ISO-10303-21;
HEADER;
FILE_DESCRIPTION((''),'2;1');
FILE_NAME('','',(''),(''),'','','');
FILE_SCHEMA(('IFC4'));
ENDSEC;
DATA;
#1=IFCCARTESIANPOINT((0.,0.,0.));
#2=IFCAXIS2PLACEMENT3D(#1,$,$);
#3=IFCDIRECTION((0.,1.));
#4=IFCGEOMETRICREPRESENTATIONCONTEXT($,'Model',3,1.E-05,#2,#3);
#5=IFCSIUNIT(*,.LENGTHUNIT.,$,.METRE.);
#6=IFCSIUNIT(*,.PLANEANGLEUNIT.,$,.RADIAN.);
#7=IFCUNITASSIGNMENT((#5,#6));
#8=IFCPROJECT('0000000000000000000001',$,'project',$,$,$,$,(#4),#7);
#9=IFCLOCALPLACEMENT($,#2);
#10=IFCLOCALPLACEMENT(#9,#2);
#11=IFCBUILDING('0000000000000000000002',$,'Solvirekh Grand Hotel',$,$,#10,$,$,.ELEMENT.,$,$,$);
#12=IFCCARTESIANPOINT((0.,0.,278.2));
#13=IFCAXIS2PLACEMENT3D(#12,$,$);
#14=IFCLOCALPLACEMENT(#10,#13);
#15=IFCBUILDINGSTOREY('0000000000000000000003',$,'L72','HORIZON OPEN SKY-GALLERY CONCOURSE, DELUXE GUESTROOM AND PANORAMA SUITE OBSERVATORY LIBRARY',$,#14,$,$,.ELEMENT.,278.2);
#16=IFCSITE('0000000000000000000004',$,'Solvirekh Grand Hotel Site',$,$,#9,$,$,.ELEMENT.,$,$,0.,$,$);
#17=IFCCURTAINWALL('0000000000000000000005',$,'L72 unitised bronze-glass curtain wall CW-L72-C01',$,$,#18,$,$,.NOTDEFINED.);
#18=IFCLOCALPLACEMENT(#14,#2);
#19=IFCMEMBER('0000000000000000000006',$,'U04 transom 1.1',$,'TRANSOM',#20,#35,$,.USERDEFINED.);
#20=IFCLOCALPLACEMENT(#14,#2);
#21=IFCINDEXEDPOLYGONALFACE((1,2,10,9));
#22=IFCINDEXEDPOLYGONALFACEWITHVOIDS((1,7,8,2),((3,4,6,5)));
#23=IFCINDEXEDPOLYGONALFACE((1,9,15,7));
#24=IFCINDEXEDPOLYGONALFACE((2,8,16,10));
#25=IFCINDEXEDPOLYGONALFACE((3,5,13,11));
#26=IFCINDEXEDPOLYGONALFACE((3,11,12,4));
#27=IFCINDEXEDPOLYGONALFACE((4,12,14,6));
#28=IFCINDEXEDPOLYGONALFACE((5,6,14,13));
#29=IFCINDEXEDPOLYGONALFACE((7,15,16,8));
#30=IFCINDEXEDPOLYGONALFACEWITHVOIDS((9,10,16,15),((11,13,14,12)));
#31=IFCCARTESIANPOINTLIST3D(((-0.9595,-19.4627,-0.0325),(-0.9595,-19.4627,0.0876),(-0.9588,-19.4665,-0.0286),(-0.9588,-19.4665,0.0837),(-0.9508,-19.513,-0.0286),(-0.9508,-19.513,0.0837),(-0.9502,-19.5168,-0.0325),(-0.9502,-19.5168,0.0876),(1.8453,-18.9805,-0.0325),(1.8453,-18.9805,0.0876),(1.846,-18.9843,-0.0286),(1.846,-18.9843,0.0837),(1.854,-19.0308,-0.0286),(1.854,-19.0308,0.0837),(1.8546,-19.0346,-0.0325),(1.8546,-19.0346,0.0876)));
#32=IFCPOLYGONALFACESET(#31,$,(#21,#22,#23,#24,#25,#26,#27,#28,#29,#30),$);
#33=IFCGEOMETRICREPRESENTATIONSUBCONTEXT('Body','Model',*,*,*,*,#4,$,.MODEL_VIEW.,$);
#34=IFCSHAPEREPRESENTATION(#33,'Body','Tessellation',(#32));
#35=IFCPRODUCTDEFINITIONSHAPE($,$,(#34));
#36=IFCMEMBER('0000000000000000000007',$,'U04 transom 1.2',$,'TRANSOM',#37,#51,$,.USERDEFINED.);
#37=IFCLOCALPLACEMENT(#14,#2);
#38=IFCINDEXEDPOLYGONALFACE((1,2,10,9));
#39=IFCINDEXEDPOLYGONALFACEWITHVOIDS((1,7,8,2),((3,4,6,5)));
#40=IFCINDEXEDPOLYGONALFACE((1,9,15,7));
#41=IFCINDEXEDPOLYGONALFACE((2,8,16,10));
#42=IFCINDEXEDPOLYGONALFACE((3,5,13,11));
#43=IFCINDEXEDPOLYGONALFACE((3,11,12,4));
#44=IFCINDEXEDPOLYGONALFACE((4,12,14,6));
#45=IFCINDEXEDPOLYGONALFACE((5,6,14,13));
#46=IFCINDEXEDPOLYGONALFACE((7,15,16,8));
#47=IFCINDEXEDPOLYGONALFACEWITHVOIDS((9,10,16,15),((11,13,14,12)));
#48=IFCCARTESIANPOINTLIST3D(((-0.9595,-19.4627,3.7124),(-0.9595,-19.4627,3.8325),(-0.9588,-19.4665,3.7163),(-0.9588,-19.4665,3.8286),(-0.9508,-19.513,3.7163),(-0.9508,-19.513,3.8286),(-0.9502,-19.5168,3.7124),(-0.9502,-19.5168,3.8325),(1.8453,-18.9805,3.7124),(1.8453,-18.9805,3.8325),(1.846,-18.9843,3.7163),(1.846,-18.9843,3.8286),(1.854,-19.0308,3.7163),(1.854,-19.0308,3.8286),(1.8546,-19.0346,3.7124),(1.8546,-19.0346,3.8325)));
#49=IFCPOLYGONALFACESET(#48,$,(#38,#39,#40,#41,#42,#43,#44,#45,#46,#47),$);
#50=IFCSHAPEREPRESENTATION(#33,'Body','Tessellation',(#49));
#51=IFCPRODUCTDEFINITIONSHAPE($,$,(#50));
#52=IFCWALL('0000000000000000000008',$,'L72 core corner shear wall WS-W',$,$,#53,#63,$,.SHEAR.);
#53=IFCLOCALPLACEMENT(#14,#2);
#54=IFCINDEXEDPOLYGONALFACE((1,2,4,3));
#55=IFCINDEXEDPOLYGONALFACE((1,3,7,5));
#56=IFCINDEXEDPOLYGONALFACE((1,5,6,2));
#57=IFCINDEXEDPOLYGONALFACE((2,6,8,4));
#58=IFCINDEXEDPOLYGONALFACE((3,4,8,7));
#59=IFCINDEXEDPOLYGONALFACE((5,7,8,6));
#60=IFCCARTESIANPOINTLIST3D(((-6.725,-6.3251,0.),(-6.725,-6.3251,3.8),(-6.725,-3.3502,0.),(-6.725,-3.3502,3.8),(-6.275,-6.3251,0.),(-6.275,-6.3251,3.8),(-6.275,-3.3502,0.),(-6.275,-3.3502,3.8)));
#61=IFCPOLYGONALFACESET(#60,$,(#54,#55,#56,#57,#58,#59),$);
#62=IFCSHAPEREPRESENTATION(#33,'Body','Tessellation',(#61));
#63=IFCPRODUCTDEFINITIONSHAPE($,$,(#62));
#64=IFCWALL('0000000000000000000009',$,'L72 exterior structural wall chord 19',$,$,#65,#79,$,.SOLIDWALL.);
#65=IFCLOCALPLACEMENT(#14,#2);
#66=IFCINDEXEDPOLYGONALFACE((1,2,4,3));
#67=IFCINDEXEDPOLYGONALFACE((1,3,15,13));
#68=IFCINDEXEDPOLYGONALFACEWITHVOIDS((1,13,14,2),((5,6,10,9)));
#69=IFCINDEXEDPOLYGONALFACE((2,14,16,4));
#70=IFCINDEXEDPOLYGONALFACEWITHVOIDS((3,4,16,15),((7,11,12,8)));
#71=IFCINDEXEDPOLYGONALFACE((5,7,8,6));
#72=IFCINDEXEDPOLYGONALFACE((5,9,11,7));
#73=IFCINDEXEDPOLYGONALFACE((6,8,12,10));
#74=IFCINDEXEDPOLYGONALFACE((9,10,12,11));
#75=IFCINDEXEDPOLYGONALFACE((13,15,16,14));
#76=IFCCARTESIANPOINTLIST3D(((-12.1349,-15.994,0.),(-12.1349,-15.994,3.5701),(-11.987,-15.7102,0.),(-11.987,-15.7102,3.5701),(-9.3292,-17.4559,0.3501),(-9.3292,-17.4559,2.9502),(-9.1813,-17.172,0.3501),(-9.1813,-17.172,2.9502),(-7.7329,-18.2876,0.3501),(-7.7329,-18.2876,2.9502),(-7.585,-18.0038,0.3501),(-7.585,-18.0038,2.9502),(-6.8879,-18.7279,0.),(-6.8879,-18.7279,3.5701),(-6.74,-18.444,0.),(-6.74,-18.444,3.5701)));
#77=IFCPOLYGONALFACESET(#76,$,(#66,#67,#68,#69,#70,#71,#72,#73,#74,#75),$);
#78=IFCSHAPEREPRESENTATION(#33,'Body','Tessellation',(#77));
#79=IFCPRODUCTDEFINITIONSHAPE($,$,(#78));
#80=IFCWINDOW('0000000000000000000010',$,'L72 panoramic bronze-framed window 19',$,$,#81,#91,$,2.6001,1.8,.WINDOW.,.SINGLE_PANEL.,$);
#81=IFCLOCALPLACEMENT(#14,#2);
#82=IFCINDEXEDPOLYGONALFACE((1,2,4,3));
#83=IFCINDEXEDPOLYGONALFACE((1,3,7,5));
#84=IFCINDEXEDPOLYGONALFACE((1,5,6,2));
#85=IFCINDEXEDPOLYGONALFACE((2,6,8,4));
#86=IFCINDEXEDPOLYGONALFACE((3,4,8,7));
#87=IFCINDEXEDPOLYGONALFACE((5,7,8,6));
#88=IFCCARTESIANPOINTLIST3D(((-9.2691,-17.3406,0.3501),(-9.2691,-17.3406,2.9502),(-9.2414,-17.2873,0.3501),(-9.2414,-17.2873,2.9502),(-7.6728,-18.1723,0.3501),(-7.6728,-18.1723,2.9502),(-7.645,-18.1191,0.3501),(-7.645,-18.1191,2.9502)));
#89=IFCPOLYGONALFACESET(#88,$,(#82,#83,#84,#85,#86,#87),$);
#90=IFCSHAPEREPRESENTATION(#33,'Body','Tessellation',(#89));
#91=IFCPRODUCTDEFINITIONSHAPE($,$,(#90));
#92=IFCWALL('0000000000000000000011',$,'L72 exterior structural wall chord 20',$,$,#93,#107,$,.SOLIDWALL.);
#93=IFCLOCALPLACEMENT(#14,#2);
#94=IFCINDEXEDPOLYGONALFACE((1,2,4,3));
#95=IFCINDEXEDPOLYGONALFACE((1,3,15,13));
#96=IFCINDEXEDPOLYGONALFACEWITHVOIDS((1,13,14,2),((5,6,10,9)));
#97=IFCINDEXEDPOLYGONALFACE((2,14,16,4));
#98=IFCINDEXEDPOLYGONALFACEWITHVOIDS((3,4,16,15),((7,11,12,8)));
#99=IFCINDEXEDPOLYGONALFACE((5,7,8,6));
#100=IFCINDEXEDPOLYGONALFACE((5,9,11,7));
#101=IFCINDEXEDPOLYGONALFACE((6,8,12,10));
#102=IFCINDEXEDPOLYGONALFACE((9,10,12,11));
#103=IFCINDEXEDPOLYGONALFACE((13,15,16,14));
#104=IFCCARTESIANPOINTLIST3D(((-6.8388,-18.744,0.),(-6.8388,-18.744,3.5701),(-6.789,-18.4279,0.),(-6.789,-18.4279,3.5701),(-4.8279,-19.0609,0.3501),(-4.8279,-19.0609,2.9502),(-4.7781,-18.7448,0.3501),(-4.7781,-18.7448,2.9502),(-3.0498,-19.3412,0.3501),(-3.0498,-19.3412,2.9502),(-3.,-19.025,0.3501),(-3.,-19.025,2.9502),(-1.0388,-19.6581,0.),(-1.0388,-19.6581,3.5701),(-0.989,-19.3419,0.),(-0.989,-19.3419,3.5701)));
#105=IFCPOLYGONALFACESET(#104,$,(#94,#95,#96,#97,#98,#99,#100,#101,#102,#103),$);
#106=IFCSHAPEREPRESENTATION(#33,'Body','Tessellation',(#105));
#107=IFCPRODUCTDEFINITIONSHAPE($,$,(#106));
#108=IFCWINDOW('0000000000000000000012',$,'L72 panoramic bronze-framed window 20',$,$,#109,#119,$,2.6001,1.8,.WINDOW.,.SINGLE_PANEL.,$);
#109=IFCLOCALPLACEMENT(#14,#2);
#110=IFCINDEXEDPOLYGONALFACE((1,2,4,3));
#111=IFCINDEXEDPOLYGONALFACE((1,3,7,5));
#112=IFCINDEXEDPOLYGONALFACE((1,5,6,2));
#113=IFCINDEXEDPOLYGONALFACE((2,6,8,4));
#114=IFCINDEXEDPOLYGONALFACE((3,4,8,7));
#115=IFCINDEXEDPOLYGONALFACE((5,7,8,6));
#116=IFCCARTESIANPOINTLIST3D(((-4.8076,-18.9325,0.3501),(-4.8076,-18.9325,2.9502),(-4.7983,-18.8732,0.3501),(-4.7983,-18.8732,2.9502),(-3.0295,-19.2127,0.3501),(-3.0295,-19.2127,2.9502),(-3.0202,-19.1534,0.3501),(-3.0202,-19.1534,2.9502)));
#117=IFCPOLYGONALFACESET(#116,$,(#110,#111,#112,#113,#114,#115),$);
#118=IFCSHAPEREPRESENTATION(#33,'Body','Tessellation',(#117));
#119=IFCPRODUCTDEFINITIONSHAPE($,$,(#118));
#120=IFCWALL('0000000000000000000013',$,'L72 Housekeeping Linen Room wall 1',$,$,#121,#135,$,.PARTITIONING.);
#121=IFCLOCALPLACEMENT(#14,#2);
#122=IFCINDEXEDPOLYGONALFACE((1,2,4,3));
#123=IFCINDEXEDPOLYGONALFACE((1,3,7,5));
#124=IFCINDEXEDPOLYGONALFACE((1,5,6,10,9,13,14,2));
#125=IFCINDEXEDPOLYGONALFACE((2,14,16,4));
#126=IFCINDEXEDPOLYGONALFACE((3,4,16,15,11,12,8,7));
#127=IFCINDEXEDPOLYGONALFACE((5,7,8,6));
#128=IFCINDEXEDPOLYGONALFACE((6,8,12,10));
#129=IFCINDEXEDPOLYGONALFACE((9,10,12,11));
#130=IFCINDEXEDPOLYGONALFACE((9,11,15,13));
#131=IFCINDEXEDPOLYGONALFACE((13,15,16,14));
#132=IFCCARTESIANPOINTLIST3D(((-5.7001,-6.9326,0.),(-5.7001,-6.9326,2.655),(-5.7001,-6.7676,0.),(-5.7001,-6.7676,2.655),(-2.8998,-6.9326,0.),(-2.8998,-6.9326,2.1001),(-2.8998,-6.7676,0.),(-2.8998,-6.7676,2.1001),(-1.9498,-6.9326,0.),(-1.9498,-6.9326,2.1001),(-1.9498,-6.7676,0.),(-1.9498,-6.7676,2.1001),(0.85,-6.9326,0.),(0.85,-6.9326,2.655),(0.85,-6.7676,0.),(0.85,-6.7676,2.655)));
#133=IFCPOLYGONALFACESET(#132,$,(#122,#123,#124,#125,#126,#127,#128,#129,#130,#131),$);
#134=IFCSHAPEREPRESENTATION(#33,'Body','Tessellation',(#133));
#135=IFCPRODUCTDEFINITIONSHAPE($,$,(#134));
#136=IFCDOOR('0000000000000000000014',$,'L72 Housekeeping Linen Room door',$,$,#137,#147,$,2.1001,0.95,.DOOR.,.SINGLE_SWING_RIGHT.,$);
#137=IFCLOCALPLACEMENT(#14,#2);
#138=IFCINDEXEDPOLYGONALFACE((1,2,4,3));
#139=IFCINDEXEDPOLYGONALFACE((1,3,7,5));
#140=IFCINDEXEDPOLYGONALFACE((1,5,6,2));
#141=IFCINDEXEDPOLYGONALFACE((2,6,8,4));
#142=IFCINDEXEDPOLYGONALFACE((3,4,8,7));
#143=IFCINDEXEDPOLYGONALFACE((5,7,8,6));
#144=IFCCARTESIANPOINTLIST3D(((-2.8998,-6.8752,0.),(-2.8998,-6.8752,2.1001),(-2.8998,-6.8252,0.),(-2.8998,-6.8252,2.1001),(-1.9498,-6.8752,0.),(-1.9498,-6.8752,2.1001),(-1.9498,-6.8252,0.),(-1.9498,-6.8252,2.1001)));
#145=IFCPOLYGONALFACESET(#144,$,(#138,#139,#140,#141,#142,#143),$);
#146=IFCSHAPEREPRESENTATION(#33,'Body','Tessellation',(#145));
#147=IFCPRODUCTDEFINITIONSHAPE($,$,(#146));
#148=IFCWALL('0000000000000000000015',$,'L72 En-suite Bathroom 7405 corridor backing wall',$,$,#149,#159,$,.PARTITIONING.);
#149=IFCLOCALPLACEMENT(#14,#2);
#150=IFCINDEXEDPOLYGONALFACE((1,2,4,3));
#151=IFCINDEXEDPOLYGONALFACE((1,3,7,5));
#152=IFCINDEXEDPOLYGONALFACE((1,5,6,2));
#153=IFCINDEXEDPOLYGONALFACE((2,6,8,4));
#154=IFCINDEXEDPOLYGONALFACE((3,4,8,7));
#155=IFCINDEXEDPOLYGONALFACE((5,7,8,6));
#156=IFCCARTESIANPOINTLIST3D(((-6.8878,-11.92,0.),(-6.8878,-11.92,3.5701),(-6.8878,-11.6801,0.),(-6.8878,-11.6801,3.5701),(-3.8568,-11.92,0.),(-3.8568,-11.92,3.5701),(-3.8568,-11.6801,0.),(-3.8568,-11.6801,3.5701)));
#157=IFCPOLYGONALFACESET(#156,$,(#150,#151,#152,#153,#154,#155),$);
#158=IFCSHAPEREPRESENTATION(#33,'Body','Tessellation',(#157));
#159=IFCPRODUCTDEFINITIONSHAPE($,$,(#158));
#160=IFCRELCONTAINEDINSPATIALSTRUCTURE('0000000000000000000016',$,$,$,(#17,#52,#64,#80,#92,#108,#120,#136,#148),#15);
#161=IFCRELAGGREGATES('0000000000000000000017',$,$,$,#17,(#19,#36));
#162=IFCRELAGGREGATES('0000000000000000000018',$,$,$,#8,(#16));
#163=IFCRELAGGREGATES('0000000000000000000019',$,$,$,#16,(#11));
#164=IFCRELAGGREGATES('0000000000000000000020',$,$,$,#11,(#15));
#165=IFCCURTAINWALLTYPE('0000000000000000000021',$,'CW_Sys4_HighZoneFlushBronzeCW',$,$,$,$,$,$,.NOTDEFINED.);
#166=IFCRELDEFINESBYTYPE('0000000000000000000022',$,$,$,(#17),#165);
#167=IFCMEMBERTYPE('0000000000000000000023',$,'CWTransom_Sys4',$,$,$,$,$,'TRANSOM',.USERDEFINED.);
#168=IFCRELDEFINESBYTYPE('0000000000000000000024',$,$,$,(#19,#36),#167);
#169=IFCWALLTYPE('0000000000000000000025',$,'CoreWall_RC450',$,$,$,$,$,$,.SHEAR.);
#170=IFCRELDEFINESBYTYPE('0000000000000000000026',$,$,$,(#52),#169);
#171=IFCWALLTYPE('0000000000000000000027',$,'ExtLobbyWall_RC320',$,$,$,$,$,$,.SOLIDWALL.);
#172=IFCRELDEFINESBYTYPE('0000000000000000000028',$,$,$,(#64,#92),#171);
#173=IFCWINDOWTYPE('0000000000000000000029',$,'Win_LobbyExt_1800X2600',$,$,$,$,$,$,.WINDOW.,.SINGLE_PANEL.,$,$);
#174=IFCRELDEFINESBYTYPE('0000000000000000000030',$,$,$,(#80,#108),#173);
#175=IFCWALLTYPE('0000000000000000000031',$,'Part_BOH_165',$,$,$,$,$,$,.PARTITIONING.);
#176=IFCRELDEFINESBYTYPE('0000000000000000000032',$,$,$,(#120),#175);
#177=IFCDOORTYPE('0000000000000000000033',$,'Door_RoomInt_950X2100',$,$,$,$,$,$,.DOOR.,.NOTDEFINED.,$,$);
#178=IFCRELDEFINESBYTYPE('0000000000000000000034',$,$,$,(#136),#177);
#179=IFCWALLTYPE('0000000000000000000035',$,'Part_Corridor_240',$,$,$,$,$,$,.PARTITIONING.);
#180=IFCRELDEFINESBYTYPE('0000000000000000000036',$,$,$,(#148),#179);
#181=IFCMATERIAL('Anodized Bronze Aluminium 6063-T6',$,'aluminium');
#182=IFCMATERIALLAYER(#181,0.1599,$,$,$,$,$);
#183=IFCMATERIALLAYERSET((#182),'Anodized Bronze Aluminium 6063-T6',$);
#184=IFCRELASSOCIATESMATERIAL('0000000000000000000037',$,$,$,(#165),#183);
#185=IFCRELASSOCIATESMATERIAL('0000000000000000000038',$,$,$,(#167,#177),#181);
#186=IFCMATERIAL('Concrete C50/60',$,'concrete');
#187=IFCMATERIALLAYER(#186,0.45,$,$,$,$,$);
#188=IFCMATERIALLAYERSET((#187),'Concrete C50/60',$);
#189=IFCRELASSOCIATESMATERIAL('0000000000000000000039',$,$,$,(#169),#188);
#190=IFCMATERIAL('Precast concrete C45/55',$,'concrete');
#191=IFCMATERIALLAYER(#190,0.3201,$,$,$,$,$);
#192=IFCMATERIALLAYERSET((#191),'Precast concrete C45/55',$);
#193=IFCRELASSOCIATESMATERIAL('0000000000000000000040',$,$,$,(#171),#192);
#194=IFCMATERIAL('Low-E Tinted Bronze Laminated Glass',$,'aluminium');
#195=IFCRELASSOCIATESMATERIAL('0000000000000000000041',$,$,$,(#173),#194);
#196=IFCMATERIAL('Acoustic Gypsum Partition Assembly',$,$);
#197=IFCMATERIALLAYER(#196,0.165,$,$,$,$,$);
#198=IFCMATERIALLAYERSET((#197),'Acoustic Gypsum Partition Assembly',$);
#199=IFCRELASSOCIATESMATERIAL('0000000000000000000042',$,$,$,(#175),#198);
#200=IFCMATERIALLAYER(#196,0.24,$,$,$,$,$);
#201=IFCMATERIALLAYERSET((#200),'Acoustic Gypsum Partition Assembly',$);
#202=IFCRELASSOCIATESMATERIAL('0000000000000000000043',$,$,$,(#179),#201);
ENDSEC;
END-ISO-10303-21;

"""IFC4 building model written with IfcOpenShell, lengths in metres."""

from ifc_helpers import new_model, si_unit, direction, frame, frame_2d, origin, origin_2d, place, context, subcontext, project, spatial, rectangle, hollow_rectangle, extrude, source, transform, mapped, material, layer, layer_set, material_profile, profile_set, type_object, element, fill, aggregate, save


model = new_model("IFC4")

# Units and contexts
model_context = context("Model", 3, precision=1e-05, world=origin(), true_north=direction((0.0, 1.0)))
body_context = subcontext(model_context, "Body", "Model", "MODEL_VIEW")
ifc_project = project(units=[si_unit("LENGTHUNIT", "METRE"), si_unit("PLANEANGLEUNIT", "RADIAN")], contexts=[model_context])

# Site, building, storey
site_placement = place(None, origin())
site = spatial("IfcSite", under=ifc_project, at=site_placement, Name="Solvirekh Grand Hotel Site", CompositionType="ELEMENT", RefElevation=0.0)
building_placement = place(site_placement, origin())
building = spatial("IfcBuilding", under=site, at=building_placement, Name="Solvirekh Grand Hotel", CompositionType="ELEMENT")
storey_placement = place(building_placement, frame((0.0, 0.0, 278.2)))
storey = spatial("IfcBuildingStorey", under=building, at=storey_placement, Name="L72", Description="HORIZON OPEN SKY-GALLERY CONCOURSE, DELUXE GUESTROOM AND PANORAMA SUITE OBSERVATORY LIBRARY", CompositionType="ELEMENT", Elevation=278.2)

# Shared definitions
ifc_material_1 = material(Name="Concrete C50/60", Category="concrete")

# Curtain wall, members
ifc_material_2 = material(Name="Anodized Bronze Aluminium 6063-T6", Category="aluminium")
ifc_layer_1 = layer(ifc_material_2, 0.1599)
ifc_layer_set_1 = layer_set([ifc_layer_1], Name="Anodized Bronze Aluminium 6063-T6")
curtain_wall_type = type_object("IfcCurtainWallType", Name="CW_Sys4_HighZoneFlushBronzeCW", PredefinedType="NOTDEFINED", material=ifc_layer_set_1)
curtain_wall_placement = place(storey_placement, origin())
curtain_wall = element("IfcCurtainWall", 1, at=curtain_wall_placement, inside=storey, type_object=curtain_wall_type, Name="L72 unitised bronze-glass curtain wall CW-L72-C01", PredefinedType="NOTDEFINED")
ifc_material_profile_1 = material_profile(ifc_material_2, hollow_rectangle(XDim=0.0549, YDim=0.1201, WallThickness=0.0039, at=origin_2d()), Name="ALU RHS 120X55X4")
ifc_profile_set_1 = profile_set([ifc_material_profile_1], Name="Anodized Bronze Aluminium 6063-T6")
member_type_1 = type_object("IfcMemberType", Name="CWTransom_Sys4", ElementType="TRANSOM", PredefinedType="USERDEFINED", material=ifc_profile_set_1)
shared_shape_1 = source(origin(), body_context, "Body", "SweptSolid", [
    extrude(hollow_rectangle(XDim=0.0549, YDim=0.1201, WallThickness=0.0039, at=origin_2d()), origin(), (0.0, 0.0, 1.0), 2.8459),
])
member_1_placement = place(storey_placement, frame((-0.9548, -19.4897, 0.0276), z_axis=(0.985542, 0.169433, 0.0), x_axis=(-0.169433, 0.985542, 0.0)))
member_1 = element("IfcMember", 2, at=member_1_placement, type_object=member_type_1, Name="U04 transom 1.1", ObjectType="TRANSOM", PredefinedType="USERDEFINED", context=body_context, shape_type="MappedRepresentation", body=[
    mapped(shared_shape_1, transform((0.0, 0.0, 0.0), x_axis=(1.0, 0.0, 0.0), y_axis=(0.0, 1.0, 0.0), z_axis=(0.0, 0.0, 1.0), scale=1.0)),
])
member_2_placement = place(storey_placement, frame((-0.9548, -19.4897, 3.7725), z_axis=(0.985542, 0.169433, 0.0), x_axis=(-0.169433, 0.985542, 0.0)))
member_2 = element("IfcMember", 3, at=member_2_placement, type_object=member_type_1, Name="U04 transom 1.2", ObjectType="TRANSOM", PredefinedType="USERDEFINED", context=body_context, shape_type="MappedRepresentation", body=[
    mapped(shared_shape_1, transform((0.0, 0.0, 0.0), x_axis=(1.0, 0.0, 0.0), y_axis=(0.0, 1.0, 0.0), z_axis=(0.0, 0.0, 1.0), scale=1.0)),
])
aggregate(curtain_wall, [member_1, member_2])

# Wall
ifc_layer_2 = layer(ifc_material_1, 0.45)
ifc_layer_set_2 = layer_set([ifc_layer_2], Name="Concrete C50/60")
wall_type_1 = type_object("IfcWallType", Name="CoreWall_RC450", PredefinedType="SHEAR", material=ifc_layer_set_2)
wall_1_placement = place(storey_placement, frame((-6.5, -6.325, 0.0), z_axis=(0.0, 0.0, 1.0), x_axis=(0.0, 1.0, 0.0)))
element("IfcWall", 4, at=wall_1_placement, inside=storey, type_object=wall_type_1, Name="L72 core corner shear wall WS-W", PredefinedType="SHEAR", context=body_context, shape_type="SweptSolid", body=[
    extrude(rectangle(XDim=2.9749, YDim=0.45, at=frame_2d((1.4873, 0.0))), origin(), (0.0, 0.0, 1.0), 3.8),
])

# Walls, openings, windows
ifc_material_3 = material(Name="Precast concrete C45/55", Category="concrete")
ifc_layer_3 = layer(ifc_material_3, 0.3201)
ifc_layer_set_3 = layer_set([ifc_layer_3], Name="Precast concrete C45/55")
wall_type_2 = type_object("IfcWallType", Name="ExtLobbyWall_RC320", PredefinedType="SOLIDWALL", material=ifc_layer_set_3)
wall_2_placement = place(storey_placement, frame((-6.814, -18.5859, 0.0), z_axis=(0.0, 0.0, 1.0), x_axis=(-0.886842, 0.462072, 0.0)))
wall_2 = element("IfcWall", 5, at=wall_2_placement, inside=storey, type_object=wall_type_2, Name="L72 exterior structural wall chord 19", PredefinedType="SOLIDWALL", context=body_context, shape_type="SweptSolid", body=[
    extrude(rectangle(XDim=5.9165, YDim=0.3201, at=frame_2d((2.9583, 0.0))), origin(), (0.0, 0.0, 1.0), 3.5701),
])
opening_1_placement = place(wall_2_placement, frame((0.9529, 0.0, 0.3501)))
opening_1 = element("IfcOpeningElement", 6, at=opening_1_placement, cuts=wall_2, PredefinedType="OPENING", context=body_context, shape_type="SweptSolid", body=[
    extrude(rectangle(XDim=1.8, YDim=2.6001, at=frame_2d((0.8999, 1.3))), frame((0.0, 0.1699, 0.0), z_axis=(0.0, -1.0, 0.0), x_axis=(1.0, 0.0, 0.0)), (0.0, 0.0, 1.0), 0.3401),
])
ifc_material_4 = material(Name="Low-E Tinted Bronze Laminated Glass", Category="aluminium")
window_type = type_object("IfcWindowType", Name="Win_LobbyExt_1800X2600", PartitioningType="SINGLE_PANEL", PredefinedType="WINDOW", material=ifc_material_4)
window_1_placement = place(opening_1_placement, origin())
window_1 = element("IfcWindow", 7, at=window_1_placement, inside=storey, type_object=window_type, Name="L72 panoramic bronze-framed window 19", OverallHeight=2.6001, OverallWidth=1.8, PartitioningType="SINGLE_PANEL", PredefinedType="WINDOW", context=body_context, shape_type="SweptSolid", body=[
    extrude(rectangle(XDim=1.8, YDim=2.6001, at=frame_2d((0.8999, 1.3))), frame((0.0, 0.03, 0.0), z_axis=(0.0, -1.0, 0.0), x_axis=(1.0, 0.0, 0.0)), (0.0, 0.0, 1.0), 0.0601),
])
fill(opening_1, window_1)
wall_3_placement = place(storey_placement, frame((-1.0139, -19.5, 0.0), z_axis=(0.0, 0.0, 1.0), x_axis=(-0.987808, 0.155674, 0.0)))
wall_3 = element("IfcWall", 8, at=wall_3_placement, inside=storey, type_object=wall_type_2, Name="L72 exterior structural wall chord 20", PredefinedType="SOLIDWALL", context=body_context, shape_type="SweptSolid", body=[
    extrude(rectangle(XDim=5.8716, YDim=0.3201, at=frame_2d((2.9358, 0.0))), origin(), (0.0, 0.0, 1.0), 3.5701),
])
opening_2_placement = place(wall_3_placement, frame((2.0359, 0.0, 0.3501)))
opening_2 = element("IfcOpeningElement", 9, at=opening_2_placement, cuts=wall_3, PredefinedType="OPENING", context=body_context, shape_type="SweptSolid", body=[
    extrude(rectangle(XDim=1.8, YDim=2.6001, at=frame_2d((0.8999, 1.3))), frame((0.0, 0.1699, 0.0), z_axis=(0.0, -1.0, 0.0), x_axis=(1.0, 0.0, 0.0)), (0.0, 0.0, 1.0), 0.3401),
])
window_2_placement = place(opening_2_placement, origin())
window_2 = element("IfcWindow", 10, at=window_2_placement, inside=storey, type_object=window_type, Name="L72 panoramic bronze-framed window 20", OverallHeight=2.6001, OverallWidth=1.8, PartitioningType="SINGLE_PANEL", PredefinedType="WINDOW", context=body_context, shape_type="SweptSolid", body=[
    extrude(rectangle(XDim=1.8, YDim=2.6001, at=frame_2d((0.8999, 1.3))), frame((0.0, 0.03, 0.0), z_axis=(0.0, -1.0, 0.0), x_axis=(1.0, 0.0, 0.0)), (0.0, 0.0, 1.0), 0.0601),
])
fill(opening_2, window_2)

# Wall, opening, door
ifc_material_5 = material(Name="Acoustic Gypsum Partition Assembly")
ifc_layer_4 = layer(ifc_material_5, 0.165)
ifc_layer_set_4 = layer_set([ifc_layer_4], Name="Acoustic Gypsum Partition Assembly")
wall_type_3 = type_object("IfcWallType", Name="Part_BOH_165", PredefinedType="PARTITIONING", material=ifc_layer_set_4)
wall_4_placement = place(storey_placement, frame((-5.7, -6.8501, 0.0), z_axis=(0.0, 0.0, 1.0), x_axis=(1.0, 0.0, 0.0)))
wall_4 = element("IfcWall", 11, at=wall_4_placement, inside=storey, type_object=wall_type_3, Name="L72 Housekeeping Linen Room wall 1", PredefinedType="PARTITIONING", context=body_context, shape_type="SweptSolid", body=[
    extrude(rectangle(XDim=6.55, YDim=0.165, at=frame_2d((3.2749, 0.0))), origin(), (0.0, 0.0, 1.0), 2.655),
])
opening_3_placement = place(wall_4_placement, frame((2.8, 0.0, 0.0)))
opening_3 = element("IfcOpeningElement", 12, at=opening_3_placement, cuts=wall_4, PredefinedType="OPENING", context=body_context, shape_type="SweptSolid", body=[
    extrude(rectangle(XDim=0.95, YDim=2.1001, at=frame_2d((0.4751, 1.05))), frame((0.0, 0.0925, 0.0), z_axis=(0.0, -1.0, 0.0), x_axis=(1.0, 0.0, 0.0)), (0.0, 0.0, 1.0), 0.1851),
])
door_type_1 = type_object("IfcDoorType", Name="Door_RoomInt_950X2100", OperationType="NOTDEFINED", PredefinedType="DOOR", material=ifc_material_2)
door_1_placement = place(opening_3_placement, origin())
door_1 = element("IfcDoor", 13, at=door_1_placement, inside=storey, type_object=door_type_1, Name="L72 Housekeeping Linen Room door", OperationType="SINGLE_SWING_RIGHT", OverallHeight=2.1001, OverallWidth=0.95, PredefinedType="DOOR", context=body_context, shape_type="SweptSolid", body=[
    extrude(rectangle(XDim=0.95, YDim=2.1001, at=frame_2d((0.4751, 1.05))), frame((0.0, 0.0249, 0.0), z_axis=(0.0, -1.0, 0.0), x_axis=(1.0, 0.0, 0.0)), (0.0, 0.0, 1.0), 0.05),
])
fill(opening_3, door_1)

# Wall
ifc_layer_5 = layer(ifc_material_5, 0.24)
ifc_layer_set_5 = layer_set([ifc_layer_5], Name="Acoustic Gypsum Partition Assembly")
wall_type_4 = type_object("IfcWallType", Name="Part_Corridor_240", PredefinedType="PARTITIONING", material=ifc_layer_set_5)
wall_5_placement = place(storey_placement, frame((-6.8879, -11.8, 0.0), z_axis=(0.0, 0.0, 1.0), x_axis=(1.0, 0.0, 0.0)))
element("IfcWall", 14, at=wall_5_placement, inside=storey, type_object=wall_type_4, Name="L72 En-suite Bathroom 7405 corridor backing wall", PredefinedType="PARTITIONING", context=body_context, shape_type="SweptSolid", body=[
    extrude(rectangle(XDim=3.031, YDim=0.24, at=frame_2d((1.5156, 0.0))), origin(), (0.0, 0.0, 1.0), 3.5701),
])

save(model, "model.ifc")
